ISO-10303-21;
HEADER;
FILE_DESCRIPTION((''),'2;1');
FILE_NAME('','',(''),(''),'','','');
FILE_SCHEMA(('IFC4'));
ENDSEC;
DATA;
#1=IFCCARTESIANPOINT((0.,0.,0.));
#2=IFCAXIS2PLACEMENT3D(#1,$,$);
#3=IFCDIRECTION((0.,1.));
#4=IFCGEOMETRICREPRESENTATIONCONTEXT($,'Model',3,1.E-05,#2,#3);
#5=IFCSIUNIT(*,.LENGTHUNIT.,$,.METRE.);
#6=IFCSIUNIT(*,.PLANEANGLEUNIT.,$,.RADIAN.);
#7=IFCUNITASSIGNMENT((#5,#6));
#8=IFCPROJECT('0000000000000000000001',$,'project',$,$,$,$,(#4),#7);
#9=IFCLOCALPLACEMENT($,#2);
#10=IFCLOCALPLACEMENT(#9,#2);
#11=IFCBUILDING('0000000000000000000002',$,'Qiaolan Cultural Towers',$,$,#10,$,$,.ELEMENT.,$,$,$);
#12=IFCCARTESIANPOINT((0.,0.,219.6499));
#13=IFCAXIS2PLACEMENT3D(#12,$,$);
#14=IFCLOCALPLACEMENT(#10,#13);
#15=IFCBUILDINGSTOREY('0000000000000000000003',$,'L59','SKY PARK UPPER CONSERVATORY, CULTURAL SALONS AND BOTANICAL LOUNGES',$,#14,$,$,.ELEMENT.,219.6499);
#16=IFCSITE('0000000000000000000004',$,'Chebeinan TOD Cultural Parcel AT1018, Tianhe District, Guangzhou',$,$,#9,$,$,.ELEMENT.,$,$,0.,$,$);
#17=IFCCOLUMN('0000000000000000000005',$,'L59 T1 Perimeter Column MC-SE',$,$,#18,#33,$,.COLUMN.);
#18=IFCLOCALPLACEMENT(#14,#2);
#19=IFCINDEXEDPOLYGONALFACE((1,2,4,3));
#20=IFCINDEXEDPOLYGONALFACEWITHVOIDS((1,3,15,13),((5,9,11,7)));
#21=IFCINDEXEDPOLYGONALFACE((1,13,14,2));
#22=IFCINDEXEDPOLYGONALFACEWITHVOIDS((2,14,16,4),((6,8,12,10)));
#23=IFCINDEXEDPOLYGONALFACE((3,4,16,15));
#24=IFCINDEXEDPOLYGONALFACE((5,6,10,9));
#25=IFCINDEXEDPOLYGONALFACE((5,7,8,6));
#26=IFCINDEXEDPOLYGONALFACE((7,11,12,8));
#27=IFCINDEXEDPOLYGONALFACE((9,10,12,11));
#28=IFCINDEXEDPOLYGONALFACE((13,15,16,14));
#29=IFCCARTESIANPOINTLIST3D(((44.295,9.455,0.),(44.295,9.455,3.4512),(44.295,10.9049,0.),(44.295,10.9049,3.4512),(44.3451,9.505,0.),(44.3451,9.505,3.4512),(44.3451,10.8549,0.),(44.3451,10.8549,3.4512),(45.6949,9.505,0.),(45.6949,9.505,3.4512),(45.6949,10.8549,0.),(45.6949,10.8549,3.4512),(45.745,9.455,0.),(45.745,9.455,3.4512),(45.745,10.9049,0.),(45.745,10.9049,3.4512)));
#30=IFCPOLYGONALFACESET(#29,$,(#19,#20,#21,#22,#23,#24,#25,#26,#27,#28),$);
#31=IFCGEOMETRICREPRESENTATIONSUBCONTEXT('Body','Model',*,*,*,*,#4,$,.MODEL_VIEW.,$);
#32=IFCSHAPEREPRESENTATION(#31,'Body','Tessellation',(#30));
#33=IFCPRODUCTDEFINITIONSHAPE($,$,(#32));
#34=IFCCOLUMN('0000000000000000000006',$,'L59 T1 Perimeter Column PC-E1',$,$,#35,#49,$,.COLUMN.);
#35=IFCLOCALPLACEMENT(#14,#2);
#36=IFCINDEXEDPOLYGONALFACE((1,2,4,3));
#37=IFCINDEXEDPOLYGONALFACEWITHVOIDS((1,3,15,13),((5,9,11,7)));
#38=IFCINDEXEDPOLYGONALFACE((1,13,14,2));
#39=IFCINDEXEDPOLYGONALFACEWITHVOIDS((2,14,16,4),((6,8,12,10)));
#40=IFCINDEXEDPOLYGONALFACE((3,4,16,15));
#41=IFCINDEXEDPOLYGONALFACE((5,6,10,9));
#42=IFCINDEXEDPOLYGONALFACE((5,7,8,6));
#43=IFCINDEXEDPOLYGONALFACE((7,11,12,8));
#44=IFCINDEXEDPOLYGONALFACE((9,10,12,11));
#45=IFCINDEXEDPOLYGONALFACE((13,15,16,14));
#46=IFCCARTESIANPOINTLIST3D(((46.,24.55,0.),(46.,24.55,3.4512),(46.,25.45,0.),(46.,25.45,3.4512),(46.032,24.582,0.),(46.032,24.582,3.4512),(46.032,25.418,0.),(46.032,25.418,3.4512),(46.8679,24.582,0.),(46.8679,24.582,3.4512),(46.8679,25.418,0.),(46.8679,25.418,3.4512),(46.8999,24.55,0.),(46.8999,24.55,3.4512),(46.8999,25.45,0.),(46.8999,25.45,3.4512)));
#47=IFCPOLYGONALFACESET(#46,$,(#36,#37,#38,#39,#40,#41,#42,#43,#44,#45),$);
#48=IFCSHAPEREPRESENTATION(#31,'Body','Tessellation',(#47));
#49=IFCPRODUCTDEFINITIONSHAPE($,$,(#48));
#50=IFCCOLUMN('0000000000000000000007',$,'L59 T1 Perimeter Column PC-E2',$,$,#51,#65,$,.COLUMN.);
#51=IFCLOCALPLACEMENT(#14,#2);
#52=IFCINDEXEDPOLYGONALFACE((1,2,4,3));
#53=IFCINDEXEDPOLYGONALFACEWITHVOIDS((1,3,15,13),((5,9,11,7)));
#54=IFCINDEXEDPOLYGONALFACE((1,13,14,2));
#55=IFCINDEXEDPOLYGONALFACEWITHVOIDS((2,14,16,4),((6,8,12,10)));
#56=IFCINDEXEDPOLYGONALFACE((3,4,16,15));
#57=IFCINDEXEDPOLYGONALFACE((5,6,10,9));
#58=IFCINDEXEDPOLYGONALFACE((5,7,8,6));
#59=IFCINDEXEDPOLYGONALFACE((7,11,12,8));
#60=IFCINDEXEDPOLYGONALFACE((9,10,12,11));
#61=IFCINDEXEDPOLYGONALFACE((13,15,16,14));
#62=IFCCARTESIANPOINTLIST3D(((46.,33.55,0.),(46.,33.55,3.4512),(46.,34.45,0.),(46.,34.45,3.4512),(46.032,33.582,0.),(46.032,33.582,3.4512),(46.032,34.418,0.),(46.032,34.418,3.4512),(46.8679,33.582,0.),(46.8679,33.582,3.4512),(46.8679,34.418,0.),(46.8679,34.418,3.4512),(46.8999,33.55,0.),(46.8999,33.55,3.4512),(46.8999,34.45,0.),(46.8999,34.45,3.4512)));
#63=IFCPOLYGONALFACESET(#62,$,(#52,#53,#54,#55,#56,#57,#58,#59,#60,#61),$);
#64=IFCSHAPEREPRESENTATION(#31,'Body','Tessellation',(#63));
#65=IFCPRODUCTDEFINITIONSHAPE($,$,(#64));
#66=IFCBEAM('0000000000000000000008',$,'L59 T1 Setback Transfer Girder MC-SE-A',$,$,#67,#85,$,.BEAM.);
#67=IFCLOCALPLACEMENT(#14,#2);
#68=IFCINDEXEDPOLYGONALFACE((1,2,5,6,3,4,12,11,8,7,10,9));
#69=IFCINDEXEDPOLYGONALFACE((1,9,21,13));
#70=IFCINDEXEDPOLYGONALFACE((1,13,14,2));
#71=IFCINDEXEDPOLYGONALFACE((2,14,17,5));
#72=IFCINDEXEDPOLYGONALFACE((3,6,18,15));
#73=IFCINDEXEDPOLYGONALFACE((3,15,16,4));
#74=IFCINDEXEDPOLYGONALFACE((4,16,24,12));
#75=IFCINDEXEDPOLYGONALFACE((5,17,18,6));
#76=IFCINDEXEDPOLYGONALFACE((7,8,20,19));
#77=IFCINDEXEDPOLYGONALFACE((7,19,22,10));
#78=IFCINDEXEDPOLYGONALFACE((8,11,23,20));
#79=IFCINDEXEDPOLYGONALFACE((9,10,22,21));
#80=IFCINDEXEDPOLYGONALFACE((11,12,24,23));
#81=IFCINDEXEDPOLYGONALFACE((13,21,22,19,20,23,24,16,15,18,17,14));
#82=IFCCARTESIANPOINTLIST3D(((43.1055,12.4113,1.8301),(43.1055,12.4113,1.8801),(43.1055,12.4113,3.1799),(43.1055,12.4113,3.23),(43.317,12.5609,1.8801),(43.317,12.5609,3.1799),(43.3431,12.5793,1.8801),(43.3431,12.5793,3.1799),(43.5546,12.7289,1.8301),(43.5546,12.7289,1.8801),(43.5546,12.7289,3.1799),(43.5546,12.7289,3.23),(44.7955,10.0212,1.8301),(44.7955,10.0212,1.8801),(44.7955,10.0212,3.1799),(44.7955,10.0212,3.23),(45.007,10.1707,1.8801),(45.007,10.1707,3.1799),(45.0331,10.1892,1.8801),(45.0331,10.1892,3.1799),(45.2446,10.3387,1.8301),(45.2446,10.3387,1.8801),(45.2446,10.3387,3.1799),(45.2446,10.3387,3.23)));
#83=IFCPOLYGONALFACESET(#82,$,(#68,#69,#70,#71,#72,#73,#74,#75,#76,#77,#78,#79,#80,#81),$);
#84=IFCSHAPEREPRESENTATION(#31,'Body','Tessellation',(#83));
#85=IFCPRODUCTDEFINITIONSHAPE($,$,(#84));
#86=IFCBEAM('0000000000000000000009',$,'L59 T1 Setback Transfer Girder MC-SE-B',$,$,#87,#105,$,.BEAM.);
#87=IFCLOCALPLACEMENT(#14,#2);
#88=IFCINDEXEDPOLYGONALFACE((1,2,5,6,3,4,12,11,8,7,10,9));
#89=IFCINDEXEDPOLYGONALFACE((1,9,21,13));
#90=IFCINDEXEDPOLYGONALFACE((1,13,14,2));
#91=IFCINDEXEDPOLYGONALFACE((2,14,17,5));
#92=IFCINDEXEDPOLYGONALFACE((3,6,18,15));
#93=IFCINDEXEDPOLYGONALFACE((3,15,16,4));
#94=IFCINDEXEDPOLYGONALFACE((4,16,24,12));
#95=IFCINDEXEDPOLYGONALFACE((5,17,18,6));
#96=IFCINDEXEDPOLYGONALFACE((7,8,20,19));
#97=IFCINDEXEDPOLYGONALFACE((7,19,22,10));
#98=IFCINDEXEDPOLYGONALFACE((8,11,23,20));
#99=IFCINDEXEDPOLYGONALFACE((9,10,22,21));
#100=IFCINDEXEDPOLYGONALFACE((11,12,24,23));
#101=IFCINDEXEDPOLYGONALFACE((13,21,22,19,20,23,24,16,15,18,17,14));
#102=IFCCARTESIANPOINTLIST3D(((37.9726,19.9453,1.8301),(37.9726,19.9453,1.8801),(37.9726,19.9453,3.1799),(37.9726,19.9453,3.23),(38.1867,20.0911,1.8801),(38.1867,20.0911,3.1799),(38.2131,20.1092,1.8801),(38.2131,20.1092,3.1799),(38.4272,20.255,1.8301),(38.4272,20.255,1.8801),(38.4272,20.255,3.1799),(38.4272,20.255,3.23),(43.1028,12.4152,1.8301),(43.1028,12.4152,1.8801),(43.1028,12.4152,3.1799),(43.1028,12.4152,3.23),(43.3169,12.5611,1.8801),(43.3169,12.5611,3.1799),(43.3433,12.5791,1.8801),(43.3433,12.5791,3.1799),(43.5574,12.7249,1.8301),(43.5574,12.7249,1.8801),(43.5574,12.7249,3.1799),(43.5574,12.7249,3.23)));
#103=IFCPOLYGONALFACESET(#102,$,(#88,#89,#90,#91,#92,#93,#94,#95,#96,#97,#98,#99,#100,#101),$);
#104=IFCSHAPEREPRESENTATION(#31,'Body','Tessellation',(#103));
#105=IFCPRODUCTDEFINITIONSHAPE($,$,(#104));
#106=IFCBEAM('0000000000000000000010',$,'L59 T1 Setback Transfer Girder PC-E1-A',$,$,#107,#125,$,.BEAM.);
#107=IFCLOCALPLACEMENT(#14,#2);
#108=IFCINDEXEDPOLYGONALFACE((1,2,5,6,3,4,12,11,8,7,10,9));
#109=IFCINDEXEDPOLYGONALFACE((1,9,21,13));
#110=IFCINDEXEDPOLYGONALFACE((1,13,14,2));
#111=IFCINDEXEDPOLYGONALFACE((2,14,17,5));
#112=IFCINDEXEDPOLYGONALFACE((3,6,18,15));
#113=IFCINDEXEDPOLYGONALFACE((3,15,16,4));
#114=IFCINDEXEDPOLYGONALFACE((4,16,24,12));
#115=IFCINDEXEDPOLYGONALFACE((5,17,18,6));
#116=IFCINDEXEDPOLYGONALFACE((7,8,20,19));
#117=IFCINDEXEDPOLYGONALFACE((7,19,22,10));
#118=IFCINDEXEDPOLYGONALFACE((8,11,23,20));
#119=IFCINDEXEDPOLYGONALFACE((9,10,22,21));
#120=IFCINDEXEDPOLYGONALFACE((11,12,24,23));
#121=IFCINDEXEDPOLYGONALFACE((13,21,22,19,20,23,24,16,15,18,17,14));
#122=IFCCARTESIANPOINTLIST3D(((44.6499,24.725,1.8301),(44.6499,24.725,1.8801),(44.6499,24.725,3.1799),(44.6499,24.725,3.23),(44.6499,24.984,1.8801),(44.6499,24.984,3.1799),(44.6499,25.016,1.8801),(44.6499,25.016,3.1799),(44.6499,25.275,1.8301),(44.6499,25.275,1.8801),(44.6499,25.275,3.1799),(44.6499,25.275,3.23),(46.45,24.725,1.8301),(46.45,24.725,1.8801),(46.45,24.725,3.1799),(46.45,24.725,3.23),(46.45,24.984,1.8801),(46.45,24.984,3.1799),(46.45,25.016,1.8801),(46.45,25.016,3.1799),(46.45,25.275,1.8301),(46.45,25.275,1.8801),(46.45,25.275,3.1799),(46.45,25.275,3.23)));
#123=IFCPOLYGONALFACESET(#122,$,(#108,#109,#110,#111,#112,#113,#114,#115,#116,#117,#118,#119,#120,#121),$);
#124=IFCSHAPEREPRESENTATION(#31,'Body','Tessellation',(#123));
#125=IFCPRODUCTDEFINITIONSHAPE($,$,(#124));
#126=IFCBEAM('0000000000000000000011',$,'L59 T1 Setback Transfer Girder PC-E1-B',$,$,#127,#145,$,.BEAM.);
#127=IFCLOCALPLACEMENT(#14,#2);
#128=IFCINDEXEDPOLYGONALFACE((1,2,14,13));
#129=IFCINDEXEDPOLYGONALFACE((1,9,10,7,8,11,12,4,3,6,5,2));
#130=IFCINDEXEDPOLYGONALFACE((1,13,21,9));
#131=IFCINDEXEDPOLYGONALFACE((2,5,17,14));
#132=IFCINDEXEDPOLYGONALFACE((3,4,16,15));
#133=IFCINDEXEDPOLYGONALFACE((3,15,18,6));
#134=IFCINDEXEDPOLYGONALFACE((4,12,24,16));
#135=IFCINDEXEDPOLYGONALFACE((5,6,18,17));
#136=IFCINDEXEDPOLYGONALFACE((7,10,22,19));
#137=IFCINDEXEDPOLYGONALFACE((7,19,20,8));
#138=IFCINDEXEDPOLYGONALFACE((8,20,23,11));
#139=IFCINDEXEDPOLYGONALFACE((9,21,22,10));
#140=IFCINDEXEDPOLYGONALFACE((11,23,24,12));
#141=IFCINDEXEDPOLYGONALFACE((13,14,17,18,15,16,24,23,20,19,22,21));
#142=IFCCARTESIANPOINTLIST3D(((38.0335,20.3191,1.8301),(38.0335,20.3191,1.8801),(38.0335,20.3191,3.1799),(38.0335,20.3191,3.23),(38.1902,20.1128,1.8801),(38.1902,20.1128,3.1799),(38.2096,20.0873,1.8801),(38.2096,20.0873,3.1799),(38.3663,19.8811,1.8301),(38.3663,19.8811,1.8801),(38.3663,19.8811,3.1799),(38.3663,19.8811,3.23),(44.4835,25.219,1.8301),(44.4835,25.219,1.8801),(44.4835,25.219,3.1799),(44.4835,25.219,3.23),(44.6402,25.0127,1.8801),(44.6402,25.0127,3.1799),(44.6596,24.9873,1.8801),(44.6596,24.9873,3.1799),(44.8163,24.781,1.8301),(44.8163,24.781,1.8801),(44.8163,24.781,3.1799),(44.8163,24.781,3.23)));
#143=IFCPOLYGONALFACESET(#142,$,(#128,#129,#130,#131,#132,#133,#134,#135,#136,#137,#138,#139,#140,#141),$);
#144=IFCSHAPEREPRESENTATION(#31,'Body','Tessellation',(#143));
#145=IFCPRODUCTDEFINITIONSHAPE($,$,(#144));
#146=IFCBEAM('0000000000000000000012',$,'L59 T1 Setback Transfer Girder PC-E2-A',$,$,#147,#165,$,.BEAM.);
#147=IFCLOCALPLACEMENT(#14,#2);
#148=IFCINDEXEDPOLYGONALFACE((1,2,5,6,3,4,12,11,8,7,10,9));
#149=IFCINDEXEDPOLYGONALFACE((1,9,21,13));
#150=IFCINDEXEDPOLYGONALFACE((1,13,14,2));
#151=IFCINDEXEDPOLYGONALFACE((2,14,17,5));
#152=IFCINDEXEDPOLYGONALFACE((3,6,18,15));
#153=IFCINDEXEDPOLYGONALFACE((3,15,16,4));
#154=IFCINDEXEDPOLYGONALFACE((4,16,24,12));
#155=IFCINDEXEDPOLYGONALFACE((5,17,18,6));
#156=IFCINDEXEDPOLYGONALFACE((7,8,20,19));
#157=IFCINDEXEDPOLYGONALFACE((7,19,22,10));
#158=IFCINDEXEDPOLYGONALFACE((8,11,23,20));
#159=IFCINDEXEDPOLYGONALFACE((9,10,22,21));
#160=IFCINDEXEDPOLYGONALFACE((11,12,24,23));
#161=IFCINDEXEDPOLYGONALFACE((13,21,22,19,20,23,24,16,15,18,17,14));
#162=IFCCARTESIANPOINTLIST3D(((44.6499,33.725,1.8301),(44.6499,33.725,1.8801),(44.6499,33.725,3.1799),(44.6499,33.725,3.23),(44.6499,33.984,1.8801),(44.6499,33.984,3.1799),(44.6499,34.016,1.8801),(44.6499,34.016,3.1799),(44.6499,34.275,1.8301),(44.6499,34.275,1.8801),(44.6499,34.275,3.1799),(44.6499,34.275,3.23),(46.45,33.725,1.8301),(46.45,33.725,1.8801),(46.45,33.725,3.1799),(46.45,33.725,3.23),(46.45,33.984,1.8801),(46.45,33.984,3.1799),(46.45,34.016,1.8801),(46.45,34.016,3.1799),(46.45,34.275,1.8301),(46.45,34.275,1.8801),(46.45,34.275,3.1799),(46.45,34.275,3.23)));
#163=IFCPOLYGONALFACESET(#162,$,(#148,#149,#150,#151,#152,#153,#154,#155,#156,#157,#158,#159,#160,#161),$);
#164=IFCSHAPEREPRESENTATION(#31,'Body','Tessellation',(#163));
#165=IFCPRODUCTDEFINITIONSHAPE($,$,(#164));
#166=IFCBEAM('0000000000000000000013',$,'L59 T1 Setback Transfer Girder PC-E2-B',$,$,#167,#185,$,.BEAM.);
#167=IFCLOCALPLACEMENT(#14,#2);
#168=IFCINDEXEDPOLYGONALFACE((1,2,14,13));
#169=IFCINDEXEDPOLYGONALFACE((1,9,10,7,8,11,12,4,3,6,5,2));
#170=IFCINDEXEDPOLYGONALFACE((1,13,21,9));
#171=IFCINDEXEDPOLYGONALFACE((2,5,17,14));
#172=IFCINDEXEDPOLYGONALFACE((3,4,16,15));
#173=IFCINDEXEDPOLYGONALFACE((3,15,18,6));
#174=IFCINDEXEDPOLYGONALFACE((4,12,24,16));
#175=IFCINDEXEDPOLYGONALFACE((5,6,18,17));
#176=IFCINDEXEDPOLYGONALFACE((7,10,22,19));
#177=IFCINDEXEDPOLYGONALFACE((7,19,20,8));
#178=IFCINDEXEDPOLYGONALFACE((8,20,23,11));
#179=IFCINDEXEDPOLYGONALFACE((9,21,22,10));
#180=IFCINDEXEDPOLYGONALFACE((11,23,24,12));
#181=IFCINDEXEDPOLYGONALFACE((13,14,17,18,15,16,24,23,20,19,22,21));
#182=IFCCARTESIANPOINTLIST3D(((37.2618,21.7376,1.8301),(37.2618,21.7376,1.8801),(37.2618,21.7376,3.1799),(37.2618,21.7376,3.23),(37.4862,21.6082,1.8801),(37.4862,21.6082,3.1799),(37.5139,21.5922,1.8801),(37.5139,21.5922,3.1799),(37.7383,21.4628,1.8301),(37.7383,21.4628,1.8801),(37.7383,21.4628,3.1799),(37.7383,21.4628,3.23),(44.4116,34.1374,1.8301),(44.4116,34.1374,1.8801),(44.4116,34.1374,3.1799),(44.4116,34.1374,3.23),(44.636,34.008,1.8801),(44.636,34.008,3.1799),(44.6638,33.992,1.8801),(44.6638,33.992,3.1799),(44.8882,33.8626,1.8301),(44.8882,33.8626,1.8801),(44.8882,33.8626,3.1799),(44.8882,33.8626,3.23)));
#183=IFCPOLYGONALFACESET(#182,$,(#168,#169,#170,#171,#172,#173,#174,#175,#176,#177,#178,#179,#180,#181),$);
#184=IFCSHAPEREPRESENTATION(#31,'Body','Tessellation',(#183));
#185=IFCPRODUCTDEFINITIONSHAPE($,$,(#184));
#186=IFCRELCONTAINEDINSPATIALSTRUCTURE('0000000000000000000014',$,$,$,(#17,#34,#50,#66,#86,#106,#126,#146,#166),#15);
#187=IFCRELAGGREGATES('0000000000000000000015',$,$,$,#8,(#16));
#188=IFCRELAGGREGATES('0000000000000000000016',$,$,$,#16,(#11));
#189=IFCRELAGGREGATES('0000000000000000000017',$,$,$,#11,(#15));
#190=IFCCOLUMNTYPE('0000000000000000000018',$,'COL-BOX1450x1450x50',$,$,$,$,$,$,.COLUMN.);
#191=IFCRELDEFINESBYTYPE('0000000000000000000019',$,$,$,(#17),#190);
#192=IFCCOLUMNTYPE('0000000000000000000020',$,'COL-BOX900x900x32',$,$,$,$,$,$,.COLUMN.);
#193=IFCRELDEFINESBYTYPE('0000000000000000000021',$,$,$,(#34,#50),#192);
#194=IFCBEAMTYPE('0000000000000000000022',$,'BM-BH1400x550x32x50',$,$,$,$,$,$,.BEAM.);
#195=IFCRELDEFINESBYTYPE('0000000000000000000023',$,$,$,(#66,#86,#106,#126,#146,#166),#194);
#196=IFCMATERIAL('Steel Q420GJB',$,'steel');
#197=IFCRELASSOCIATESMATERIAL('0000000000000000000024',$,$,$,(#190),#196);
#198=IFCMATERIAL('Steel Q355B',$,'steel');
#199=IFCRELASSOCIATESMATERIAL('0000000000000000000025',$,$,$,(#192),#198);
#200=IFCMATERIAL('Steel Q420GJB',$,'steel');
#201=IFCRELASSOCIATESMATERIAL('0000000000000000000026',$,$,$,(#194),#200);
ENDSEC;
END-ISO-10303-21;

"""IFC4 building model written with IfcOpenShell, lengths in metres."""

from ifc_helpers import new_model, si_unit, direction, frame, origin, origin_2d, place, context, subcontext, project, spatial, hollow_rectangle, i_section, extrude, material, material_profile, profile_set, type_object, element, save


model = new_model("IFC4")

# Units and contexts
model_context = context("Model", 3, precision=1e-05, world=origin(), true_north=direction((0.0, 1.0)))
body_context = subcontext(model_context, "Body", "Model", "MODEL_VIEW")
ifc_project = project(units=[si_unit("LENGTHUNIT", "METRE"), si_unit("PLANEANGLEUNIT", "RADIAN")], contexts=[model_context])

# Site, building, storey
site_placement = place(None, origin())
site = spatial("IfcSite", under=ifc_project, at=site_placement, Name="Chebeinan TOD Cultural Parcel AT1018, Tianhe District, Guangzhou", CompositionType="ELEMENT", RefElevation=0.0)
building_placement = place(site_placement, origin())
building = spatial("IfcBuilding", under=site, at=building_placement, Name="Qiaolan Cultural Towers", CompositionType="ELEMENT")
storey_placement = place(building_placement, frame((0.0, 0.0, 219.6499)))
storey = spatial("IfcBuildingStorey", under=building, at=storey_placement, Name="L59", Description="SKY PARK UPPER CONSERVATORY, CULTURAL SALONS AND BOTANICAL LOUNGES", CompositionType="ELEMENT", Elevation=219.6499)

# Columns
ifc_material_1 = material(Name="Steel Q420GJB", Category="steel")
ifc_material_profile_1 = material_profile(ifc_material_1, hollow_rectangle(XDim=1.45, YDim=1.45, WallThickness=0.05, at=origin_2d()), Name="BOX1450x1450x50")
ifc_profile_set_1 = profile_set([ifc_material_profile_1], Name="Steel Q420GJB")
column_type_1 = type_object("IfcColumnType", Name="COL-BOX1450x1450x50", PredefinedType="COLUMN", material=ifc_profile_set_1)
column_placement = place(storey_placement, frame((45.02, 10.1799, 0.0), z_axis=(0.0, 0.0, 1.0), x_axis=(1.0, 0.0, 0.0)))
element("IfcColumn", 1, at=column_placement, inside=storey, type_object=column_type_1, Name="L59 T1 Perimeter Column MC-SE", PredefinedType="COLUMN", context=body_context, shape_type="SweptSolid", body=[
    extrude(hollow_rectangle(XDim=1.45, YDim=1.45, WallThickness=0.05, at=origin_2d()), origin(), (0.0, 0.0, 1.0), 3.4512),
])
ifc_material_2 = material(Name="Steel Q355B", Category="steel")
ifc_material_profile_2 = material_profile(ifc_material_2, hollow_rectangle(XDim=0.8999, YDim=0.8999, WallThickness=0.032, at=origin_2d()), Name="BOX900x900x32")
ifc_profile_set_2 = profile_set([ifc_material_profile_2], Name="Steel Q355B")
column_type_2 = type_object("IfcColumnType", Name="COL-BOX900x900x32", PredefinedType="COLUMN", material=ifc_profile_set_2)
for number, where, z_axis, x_axis, name in (
    (2, (46.45, 25.0, 0.0), (0.0, 0.0, 1.0), (1.0, 0.0, 0.0), "L59 T1 Perimeter Column PC-E1"),
    (3, (46.45, 34.0, 0.0), (0.0, 0.0, 1.0), (1.0, 0.0, 0.0), "L59 T1 Perimeter Column PC-E2"),
):
    element("IfcColumn", number, at=place(storey_placement, frame(where, z_axis=z_axis, x_axis=x_axis)), inside=storey, type_object=column_type_2, Name=name, PredefinedType="COLUMN", context=body_context, shape_type="SweptSolid", body=[
        extrude(hollow_rectangle(XDim=0.8999, YDim=0.8999, WallThickness=0.032, at=origin_2d()), origin(), (0.0, 0.0, 1.0), 3.4512),
    ])

# Beams
ifc_material_3 = material(Name="Steel Q420GJB", Category="steel")
ifc_material_profile_3 = material_profile(ifc_material_3, i_section(OverallWidth=0.55, OverallDepth=1.3999, WebThickness=0.032, FlangeThickness=0.05, at=origin_2d()), Name="BH1400x550x32x50")
ifc_profile_set_3 = profile_set([ifc_material_profile_3], Name="Steel Q420GJB")
beam_type = type_object("IfcBeamType", Name="BM-BH1400x550x32x50", PredefinedType="BEAM", material=ifc_profile_set_3)
beam_1_placement = place(storey_placement, frame((45.02, 10.1799, 2.53), z_axis=(-0.577318, 0.816519, 0.0), x_axis=(-0.816519, -0.577318, 0.0)))
element("IfcBeam", 4, at=beam_1_placement, inside=storey, type_object=beam_type, Name="L59 T1 Setback Transfer Girder MC-SE-A", PredefinedType="BEAM", context=body_context, shape_type="SweptSolid", body=[
    extrude(i_section(OverallWidth=0.55, OverallDepth=1.3999, WebThickness=0.032, FlangeThickness=0.05, at=origin_2d()), origin(), (0.0, 0.0, 1.0), 2.9272),
])
beam_2_placement = place(storey_placement, frame((43.3301, 12.5701, 2.53), z_axis=(-0.563038, 0.826431, 0.0), x_axis=(-0.826431, -0.563038, 0.0)))
element("IfcBeam", 5, at=beam_2_placement, inside=storey, type_object=beam_type, Name="L59 T1 Setback Transfer Girder MC-SE-B", PredefinedType="BEAM", context=body_context, shape_type="SweptSolid", body=[
    extrude(i_section(OverallWidth=0.55, OverallDepth=1.3999, WebThickness=0.032, FlangeThickness=0.05, at=origin_2d()), origin(), (0.0, 0.0, 1.0), 9.1116),
])
beam_3_placement = place(storey_placement, frame((46.45, 25.0, 2.53), z_axis=(-1.0, 0.0, 0.0), x_axis=(0.0, -1.0, 0.0)))
element("IfcBeam", 6, at=beam_3_placement, inside=storey, type_object=beam_type, Name="L59 T1 Setback Transfer Girder PC-E1-A", PredefinedType="BEAM", context=body_context, shape_type="SweptSolid", body=[
    extrude(i_section(OverallWidth=0.55, OverallDepth=1.3999, WebThickness=0.032, FlangeThickness=0.05, at=origin_2d()), origin(), (0.0, 0.0, 1.0), 1.8),
])
beam_4_placement = place(storey_placement, frame((44.6499, 25.0, 2.53), z_axis=(-0.796285, -0.604922, 0.0), x_axis=(0.604922, -0.796285, 0.0)))
element("IfcBeam", 7, at=beam_4_placement, inside=storey, type_object=beam_type, Name="L59 T1 Setback Transfer Girder PC-E1-B", PredefinedType="BEAM", context=body_context, shape_type="SweptSolid", body=[
    extrude(i_section(OverallWidth=0.55, OverallDepth=1.3999, WebThickness=0.032, FlangeThickness=0.05, at=origin_2d()), origin(), (0.0, 0.0, 1.0), 8.1001),
])
beam_5_placement = place(storey_placement, frame((46.45, 34.0, 2.53), z_axis=(-1.0, 0.0, 0.0), x_axis=(0.0, -1.0, 0.0)))
element("IfcBeam", 8, at=beam_5_placement, inside=storey, type_object=beam_type, Name="L59 T1 Setback Transfer Girder PC-E2-A", PredefinedType="BEAM", context=body_context, shape_type="SweptSolid", body=[
    extrude(i_section(OverallWidth=0.55, OverallDepth=1.3999, WebThickness=0.032, FlangeThickness=0.05, at=origin_2d()), origin(), (0.0, 0.0, 1.0), 1.8),
])
beam_6_placement = place(storey_placement, frame((44.6499, 34.0, 2.53), z_axis=(-0.499519, -0.866303, 0.0), x_axis=(0.866303, -0.499519, 0.0)))
element("IfcBeam", 9, at=beam_6_placement, inside=storey, type_object=beam_type, Name="L59 T1 Setback Transfer Girder PC-E2-B", PredefinedType="BEAM", context=body_context, shape_type="SweptSolid", body=[
    extrude(i_section(OverallWidth=0.55, OverallDepth=1.3999, WebThickness=0.032, FlangeThickness=0.05, at=origin_2d()), origin(), (0.0, 0.0, 1.0), 14.3135),
])

save(model, "model.ifc")
